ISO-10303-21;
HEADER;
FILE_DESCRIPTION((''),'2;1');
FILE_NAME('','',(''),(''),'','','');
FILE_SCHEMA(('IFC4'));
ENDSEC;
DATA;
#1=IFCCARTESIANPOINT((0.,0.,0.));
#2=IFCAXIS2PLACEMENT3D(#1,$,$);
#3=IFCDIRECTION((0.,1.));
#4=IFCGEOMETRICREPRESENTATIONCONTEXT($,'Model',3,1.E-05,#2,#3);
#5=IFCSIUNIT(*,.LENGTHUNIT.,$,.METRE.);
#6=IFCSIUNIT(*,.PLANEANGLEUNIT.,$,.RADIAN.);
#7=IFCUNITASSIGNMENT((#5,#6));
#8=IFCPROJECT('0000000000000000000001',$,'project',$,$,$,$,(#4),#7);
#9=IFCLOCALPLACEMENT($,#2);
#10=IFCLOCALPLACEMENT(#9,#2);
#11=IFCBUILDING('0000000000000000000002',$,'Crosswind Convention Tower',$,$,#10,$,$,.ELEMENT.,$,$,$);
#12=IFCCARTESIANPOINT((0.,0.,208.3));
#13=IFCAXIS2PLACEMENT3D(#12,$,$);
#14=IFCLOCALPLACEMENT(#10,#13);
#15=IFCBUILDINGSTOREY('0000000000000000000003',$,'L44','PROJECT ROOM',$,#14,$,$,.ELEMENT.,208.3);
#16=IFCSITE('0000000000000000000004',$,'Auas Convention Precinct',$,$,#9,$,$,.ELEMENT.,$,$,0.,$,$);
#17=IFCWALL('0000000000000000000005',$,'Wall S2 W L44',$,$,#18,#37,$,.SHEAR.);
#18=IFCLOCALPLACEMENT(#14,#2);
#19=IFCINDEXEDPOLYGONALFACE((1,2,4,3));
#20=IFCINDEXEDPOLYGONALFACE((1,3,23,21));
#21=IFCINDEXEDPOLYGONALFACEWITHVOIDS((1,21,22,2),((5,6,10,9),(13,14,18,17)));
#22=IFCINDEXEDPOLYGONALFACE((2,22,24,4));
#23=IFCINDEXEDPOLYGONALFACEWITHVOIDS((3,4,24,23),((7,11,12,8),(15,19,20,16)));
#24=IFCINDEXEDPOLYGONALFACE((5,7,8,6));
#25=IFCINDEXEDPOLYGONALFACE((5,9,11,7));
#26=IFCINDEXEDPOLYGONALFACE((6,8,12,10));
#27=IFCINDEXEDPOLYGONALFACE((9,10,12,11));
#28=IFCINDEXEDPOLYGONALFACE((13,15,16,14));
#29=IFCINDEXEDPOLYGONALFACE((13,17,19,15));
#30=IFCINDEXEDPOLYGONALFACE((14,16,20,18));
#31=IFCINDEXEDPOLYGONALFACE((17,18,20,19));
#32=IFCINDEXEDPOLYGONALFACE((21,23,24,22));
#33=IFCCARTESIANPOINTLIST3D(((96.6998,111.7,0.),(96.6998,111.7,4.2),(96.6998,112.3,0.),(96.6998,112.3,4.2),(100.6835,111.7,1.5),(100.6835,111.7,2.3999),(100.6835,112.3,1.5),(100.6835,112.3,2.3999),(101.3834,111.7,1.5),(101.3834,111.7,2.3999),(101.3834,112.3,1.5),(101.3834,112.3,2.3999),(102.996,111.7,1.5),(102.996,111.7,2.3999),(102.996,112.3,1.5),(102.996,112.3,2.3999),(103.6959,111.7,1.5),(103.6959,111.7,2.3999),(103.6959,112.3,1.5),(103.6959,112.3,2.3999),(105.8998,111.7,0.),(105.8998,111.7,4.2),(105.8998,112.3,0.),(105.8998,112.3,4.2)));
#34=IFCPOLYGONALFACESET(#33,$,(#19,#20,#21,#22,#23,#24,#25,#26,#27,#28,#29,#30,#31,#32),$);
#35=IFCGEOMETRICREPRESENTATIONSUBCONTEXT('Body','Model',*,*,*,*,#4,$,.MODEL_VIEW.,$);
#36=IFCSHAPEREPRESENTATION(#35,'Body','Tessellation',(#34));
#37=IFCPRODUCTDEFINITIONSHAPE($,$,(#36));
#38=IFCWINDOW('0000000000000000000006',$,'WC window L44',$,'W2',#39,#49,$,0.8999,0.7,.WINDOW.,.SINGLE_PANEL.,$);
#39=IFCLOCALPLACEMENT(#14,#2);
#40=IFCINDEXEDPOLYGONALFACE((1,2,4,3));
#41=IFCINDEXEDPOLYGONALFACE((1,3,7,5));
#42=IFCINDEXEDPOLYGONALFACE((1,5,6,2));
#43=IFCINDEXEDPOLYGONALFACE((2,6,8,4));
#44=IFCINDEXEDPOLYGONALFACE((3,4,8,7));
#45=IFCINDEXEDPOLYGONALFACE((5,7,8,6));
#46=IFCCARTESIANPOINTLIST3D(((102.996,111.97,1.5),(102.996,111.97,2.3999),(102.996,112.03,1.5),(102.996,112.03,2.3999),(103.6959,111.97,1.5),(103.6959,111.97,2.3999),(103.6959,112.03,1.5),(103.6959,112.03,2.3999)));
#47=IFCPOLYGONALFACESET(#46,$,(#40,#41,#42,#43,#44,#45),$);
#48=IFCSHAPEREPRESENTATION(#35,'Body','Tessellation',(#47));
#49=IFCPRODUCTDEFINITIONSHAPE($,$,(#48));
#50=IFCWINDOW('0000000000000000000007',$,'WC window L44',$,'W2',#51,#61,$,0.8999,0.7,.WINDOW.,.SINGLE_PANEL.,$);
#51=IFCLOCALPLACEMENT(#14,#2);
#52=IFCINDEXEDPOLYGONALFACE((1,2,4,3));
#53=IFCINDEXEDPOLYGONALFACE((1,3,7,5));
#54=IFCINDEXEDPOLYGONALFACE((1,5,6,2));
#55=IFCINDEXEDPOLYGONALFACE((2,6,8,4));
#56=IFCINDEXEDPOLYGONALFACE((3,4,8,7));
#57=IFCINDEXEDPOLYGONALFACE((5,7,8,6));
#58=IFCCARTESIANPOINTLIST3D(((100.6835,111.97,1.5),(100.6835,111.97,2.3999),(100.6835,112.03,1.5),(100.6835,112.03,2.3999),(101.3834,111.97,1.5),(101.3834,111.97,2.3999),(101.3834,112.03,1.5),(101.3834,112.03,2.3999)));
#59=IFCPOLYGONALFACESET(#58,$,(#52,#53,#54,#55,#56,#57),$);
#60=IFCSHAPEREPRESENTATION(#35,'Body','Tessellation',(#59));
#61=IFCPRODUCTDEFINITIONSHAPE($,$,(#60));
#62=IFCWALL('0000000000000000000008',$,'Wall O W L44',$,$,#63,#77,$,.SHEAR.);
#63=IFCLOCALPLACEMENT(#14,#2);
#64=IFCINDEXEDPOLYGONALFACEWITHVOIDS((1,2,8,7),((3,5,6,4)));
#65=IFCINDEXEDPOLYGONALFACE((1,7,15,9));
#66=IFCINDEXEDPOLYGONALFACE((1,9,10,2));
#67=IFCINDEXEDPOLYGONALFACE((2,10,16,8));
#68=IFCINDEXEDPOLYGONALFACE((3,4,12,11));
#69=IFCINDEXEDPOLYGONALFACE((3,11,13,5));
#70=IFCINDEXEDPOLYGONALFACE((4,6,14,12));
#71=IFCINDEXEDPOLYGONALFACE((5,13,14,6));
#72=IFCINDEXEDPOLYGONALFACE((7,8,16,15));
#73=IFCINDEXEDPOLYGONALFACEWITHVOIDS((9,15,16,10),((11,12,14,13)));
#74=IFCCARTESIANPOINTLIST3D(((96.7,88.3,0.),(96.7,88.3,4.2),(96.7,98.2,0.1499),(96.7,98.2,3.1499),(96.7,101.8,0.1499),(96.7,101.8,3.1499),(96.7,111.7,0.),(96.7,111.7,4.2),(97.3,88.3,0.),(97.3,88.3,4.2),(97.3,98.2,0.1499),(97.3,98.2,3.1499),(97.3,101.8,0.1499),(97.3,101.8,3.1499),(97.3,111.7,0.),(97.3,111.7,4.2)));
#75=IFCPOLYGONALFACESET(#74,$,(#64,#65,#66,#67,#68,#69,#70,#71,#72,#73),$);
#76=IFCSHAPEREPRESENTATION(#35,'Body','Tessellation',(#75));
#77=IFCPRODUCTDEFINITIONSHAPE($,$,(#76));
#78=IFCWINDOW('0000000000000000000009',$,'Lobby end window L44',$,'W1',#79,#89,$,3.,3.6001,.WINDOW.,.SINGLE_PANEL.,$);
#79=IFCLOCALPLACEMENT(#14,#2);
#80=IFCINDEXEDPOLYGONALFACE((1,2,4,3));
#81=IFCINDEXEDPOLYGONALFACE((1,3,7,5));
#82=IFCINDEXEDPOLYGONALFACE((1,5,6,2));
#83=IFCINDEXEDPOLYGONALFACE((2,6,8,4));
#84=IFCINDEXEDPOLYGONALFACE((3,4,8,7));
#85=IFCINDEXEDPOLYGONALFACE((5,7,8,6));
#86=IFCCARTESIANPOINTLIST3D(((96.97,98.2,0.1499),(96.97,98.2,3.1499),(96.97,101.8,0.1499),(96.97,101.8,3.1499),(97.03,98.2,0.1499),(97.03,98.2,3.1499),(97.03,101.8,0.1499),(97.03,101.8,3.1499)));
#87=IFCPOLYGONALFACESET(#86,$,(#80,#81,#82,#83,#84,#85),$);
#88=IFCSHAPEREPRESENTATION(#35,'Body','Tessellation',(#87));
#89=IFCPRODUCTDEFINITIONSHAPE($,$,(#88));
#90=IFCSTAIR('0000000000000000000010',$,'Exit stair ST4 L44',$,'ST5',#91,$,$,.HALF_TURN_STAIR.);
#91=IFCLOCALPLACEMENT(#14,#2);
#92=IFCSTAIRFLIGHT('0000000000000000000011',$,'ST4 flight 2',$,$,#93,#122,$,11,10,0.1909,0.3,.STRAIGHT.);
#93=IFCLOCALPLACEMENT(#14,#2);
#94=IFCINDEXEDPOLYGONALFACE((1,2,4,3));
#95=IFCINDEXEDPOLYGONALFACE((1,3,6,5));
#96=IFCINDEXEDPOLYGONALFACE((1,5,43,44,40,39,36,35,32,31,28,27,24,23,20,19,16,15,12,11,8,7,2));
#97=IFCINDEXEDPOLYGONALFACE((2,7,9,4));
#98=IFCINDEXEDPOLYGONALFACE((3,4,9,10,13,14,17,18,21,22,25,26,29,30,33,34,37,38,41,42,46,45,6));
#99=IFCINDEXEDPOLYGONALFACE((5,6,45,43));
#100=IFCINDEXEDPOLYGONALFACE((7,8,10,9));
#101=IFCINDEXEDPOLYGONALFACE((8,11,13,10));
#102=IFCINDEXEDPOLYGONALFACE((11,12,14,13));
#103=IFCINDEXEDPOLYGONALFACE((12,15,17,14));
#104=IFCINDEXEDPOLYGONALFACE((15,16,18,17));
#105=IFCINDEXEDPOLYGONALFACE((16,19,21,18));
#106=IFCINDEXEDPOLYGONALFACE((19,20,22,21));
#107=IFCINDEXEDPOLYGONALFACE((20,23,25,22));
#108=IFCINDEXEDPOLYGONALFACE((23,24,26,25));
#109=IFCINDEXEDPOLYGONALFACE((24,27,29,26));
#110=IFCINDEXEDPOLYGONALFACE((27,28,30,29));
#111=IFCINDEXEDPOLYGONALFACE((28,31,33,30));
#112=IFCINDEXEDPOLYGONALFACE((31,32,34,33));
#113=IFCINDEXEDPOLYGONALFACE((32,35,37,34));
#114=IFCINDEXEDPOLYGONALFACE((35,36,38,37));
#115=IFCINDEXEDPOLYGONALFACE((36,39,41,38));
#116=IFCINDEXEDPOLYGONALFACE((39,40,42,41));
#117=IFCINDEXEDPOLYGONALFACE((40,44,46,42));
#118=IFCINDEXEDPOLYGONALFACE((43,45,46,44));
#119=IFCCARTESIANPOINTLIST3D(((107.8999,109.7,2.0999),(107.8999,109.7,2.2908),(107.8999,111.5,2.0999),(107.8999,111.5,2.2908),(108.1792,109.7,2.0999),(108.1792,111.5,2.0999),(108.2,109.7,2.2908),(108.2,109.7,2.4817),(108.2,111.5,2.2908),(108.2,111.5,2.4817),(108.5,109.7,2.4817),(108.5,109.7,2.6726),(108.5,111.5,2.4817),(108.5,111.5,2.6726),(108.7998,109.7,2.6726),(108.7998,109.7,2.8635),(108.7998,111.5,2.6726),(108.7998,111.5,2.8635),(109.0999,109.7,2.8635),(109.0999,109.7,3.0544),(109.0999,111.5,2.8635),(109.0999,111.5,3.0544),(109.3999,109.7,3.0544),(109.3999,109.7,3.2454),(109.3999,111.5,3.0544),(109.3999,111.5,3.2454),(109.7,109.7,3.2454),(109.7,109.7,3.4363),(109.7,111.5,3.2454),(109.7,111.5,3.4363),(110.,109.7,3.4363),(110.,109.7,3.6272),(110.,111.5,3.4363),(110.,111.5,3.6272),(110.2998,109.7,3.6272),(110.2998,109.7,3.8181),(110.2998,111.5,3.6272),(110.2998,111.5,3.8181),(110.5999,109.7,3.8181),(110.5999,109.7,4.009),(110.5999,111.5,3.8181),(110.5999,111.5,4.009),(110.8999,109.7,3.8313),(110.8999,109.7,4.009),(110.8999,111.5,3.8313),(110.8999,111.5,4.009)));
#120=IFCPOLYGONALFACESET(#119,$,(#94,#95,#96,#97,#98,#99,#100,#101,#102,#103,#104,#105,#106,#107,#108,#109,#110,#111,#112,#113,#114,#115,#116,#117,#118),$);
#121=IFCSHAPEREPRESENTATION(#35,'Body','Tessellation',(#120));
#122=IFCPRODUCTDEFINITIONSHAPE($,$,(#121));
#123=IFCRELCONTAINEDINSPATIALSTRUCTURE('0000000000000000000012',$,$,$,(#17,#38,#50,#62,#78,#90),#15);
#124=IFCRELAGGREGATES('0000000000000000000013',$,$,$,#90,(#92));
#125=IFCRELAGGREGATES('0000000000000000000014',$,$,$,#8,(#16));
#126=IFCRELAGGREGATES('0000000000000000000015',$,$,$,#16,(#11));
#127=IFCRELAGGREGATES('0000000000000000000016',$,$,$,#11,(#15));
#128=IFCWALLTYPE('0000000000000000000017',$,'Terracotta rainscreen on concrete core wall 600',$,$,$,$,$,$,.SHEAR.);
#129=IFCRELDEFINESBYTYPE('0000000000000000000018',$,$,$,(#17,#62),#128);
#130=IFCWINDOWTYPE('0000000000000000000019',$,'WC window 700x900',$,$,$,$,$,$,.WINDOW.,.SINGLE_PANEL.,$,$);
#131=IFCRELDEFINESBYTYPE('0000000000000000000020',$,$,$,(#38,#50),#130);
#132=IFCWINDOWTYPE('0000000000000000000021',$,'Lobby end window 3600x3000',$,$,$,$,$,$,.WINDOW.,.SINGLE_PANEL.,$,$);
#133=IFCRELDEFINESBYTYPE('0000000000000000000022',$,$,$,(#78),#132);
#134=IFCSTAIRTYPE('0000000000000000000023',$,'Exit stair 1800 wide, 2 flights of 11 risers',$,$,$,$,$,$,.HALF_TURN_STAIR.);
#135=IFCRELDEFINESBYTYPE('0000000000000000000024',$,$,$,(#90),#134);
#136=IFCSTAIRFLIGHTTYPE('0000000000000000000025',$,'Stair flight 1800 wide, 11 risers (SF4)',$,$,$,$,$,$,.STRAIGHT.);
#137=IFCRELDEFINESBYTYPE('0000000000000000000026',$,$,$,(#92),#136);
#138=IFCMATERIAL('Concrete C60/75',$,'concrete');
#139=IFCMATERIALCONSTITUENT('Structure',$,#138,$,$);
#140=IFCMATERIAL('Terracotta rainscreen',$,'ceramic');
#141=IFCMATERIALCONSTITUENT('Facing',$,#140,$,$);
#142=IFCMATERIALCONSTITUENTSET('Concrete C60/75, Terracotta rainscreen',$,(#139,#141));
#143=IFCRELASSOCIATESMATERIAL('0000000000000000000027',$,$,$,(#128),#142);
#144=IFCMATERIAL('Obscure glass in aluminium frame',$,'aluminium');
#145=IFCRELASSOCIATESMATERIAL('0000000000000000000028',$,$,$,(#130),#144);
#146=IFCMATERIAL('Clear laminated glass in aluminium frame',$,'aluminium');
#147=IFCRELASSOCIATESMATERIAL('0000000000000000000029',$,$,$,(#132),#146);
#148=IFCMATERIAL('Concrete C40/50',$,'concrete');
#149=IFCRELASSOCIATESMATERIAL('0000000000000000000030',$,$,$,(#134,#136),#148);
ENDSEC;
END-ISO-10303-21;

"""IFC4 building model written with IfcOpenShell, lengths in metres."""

from ifc_helpers import new_model, si_unit, direction, frame, frame_2d, origin, place, context, subcontext, project, spatial, polyline, rectangle, outline, extrude, material, constituent, constituent_set, type_object, element, fill, aggregate, save


model = new_model("IFC4")

# Units and contexts
model_context = context("Model", 3, precision=1e-05, world=origin(), true_north=direction((0.0, 1.0)))
body_context = subcontext(model_context, "Body", "Model", "MODEL_VIEW")
ifc_project = project(units=[si_unit("LENGTHUNIT", "METRE"), si_unit("PLANEANGLEUNIT", "RADIAN")], contexts=[model_context])

# Site, building, storey
site_placement = place(None, origin())
site = spatial("IfcSite", under=ifc_project, at=site_placement, Name="Auas Convention Precinct", CompositionType="ELEMENT", RefElevation=0.0)
building_placement = place(site_placement, origin())
building = spatial("IfcBuilding", under=site, at=building_placement, Name="Crosswind Convention Tower", CompositionType="ELEMENT")
storey_placement = place(building_placement, frame((0.0, 0.0, 208.3)))
storey = spatial("IfcBuildingStorey", under=building, at=storey_placement, Name="L44", Description="PROJECT ROOM", CompositionType="ELEMENT", Elevation=208.3)

# Wall, openings, windows
ifc_material_1 = material(Name="Concrete C60/75", Category="concrete")
ifc_constituent_1 = constituent(ifc_material_1, Name="Structure")
ifc_material_2 = material(Name="Terracotta rainscreen", Category="ceramic")
ifc_constituent_2 = constituent(ifc_material_2, Name="Facing")
ifc_constituent_set = constituent_set(constituents=[ifc_constituent_1, ifc_constituent_2], Name="Concrete C60/75, Terracotta rainscreen")
wall_type_1 = type_object("IfcWallType", Name="Terracotta rainscreen on concrete core wall 600", PredefinedType="SHEAR", material=ifc_constituent_set)
wall_1_placement = place(storey_placement, frame((105.8999, 112.0, 0.0), z_axis=(0.0, 0.0, 1.0), x_axis=(-1.0, 0.0, 0.0)))
wall_1 = element("IfcWall", 1, at=wall_1_placement, inside=storey, type_object=wall_type_1, Name="Wall S2 W L44", PredefinedType="SHEAR", context=body_context, shape_type="SweptSolid", body=[
    extrude(rectangle(XDim=9.2, YDim=0.6001, at=frame_2d((4.6001, 0.0))), origin(), (0.0, 0.0, 1.0), 4.2),
])
opening_1_placement = place(wall_1_placement, frame((2.2039, 0.0, 1.5)))
opening_1 = element("IfcOpeningElement", 2, at=opening_1_placement, cuts=wall_1, PredefinedType="OPENING", context=body_context, shape_type="SweptSolid", body=[
    extrude(rectangle(XDim=0.7, YDim=0.8999, at=frame_2d((0.3501, 0.45))), frame((0.0, 0.3101, 0.0), z_axis=(0.0, -1.0, 0.0), x_axis=(1.0, 0.0, 0.0)), (0.0, 0.0, 1.0), 0.6201),
])
opening_2_placement = place(wall_1_placement, frame((4.5164, 0.0, 1.5)))
opening_2 = element("IfcOpeningElement", 3, at=opening_2_placement, cuts=wall_1, PredefinedType="OPENING", context=body_context, shape_type="SweptSolid", body=[
    extrude(rectangle(XDim=0.7, YDim=0.8999, at=frame_2d((0.3501, 0.45))), frame((0.0, 0.3101, 0.0), z_axis=(0.0, -1.0, 0.0), x_axis=(1.0, 0.0, 0.0)), (0.0, 0.0, 1.0), 0.6201),
])
ifc_material_3 = material(Name="Obscure glass in aluminium frame", Category="aluminium")
window_type_1 = type_object("IfcWindowType", Name="WC window 700x900", PartitioningType="SINGLE_PANEL", PredefinedType="WINDOW", material=ifc_material_3)
window_1_placement = place(opening_1_placement, origin())
window_1 = element("IfcWindow", 4, at=window_1_placement, inside=storey, type_object=window_type_1, Name="WC window L44", ObjectType="W2", OverallHeight=0.8999, OverallWidth=0.7, PartitioningType="SINGLE_PANEL", PredefinedType="WINDOW", context=body_context, shape_type="SweptSolid", body=[
    extrude(rectangle(XDim=0.7, YDim=0.8999, at=frame_2d((0.3501, 0.45))), frame((0.0, 0.03, 0.0), z_axis=(0.0, -1.0, 0.0), x_axis=(1.0, 0.0, 0.0)), (0.0, 0.0, 1.0), 0.0601),
])
fill(opening_1, window_1)
window_2_placement = place(opening_2_placement, origin())
window_2 = element("IfcWindow", 5, at=window_2_placement, inside=storey, type_object=window_type_1, Name="WC window L44", ObjectType="W2", OverallHeight=0.8999, OverallWidth=0.7, PartitioningType="SINGLE_PANEL", PredefinedType="WINDOW", context=body_context, shape_type="SweptSolid", body=[
    extrude(rectangle(XDim=0.7, YDim=0.8999, at=frame_2d((0.3501, 0.45))), frame((0.0, 0.03, 0.0), z_axis=(0.0, -1.0, 0.0), x_axis=(1.0, 0.0, 0.0)), (0.0, 0.0, 1.0), 0.0601),
])
fill(opening_2, window_2)

# Wall, opening, window
wall_2_placement = place(storey_placement, frame((97.0, 111.7, 0.0), z_axis=(0.0, 0.0, 1.0), x_axis=(0.0, -1.0, 0.0)))
wall_2 = element("IfcWall", 6, at=wall_2_placement, inside=storey, type_object=wall_type_1, Name="Wall O W L44", PredefinedType="SHEAR", context=body_context, shape_type="SweptSolid", body=[
    extrude(rectangle(XDim=23.3999, YDim=0.6001, at=frame_2d((11.7, 0.0))), origin(), (0.0, 0.0, 1.0), 4.2),
])
opening_3_placement = place(wall_2_placement, frame((9.8999, 0.0, 0.1499)))
opening_3 = element("IfcOpeningElement", 7, at=opening_3_placement, cuts=wall_2, PredefinedType="OPENING", context=body_context, shape_type="SweptSolid", body=[
    extrude(rectangle(XDim=3.6001, YDim=3.0, at=frame_2d((1.8, 1.5))), frame((0.0, 0.3101, 0.0), z_axis=(0.0, -1.0, 0.0), x_axis=(1.0, 0.0, 0.0)), (0.0, 0.0, 1.0), 0.6201),
])
ifc_material_4 = material(Name="Clear laminated glass in aluminium frame", Category="aluminium")
window_type_2 = type_object("IfcWindowType", Name="Lobby end window 3600x3000", PartitioningType="SINGLE_PANEL", PredefinedType="WINDOW", material=ifc_material_4)
window_3_placement = place(opening_3_placement, origin())
window_3 = element("IfcWindow", 8, at=window_3_placement, inside=storey, type_object=window_type_2, Name="Lobby end window L44", ObjectType="W1", OverallHeight=3.0, OverallWidth=3.6001, PartitioningType="SINGLE_PANEL", PredefinedType="WINDOW", context=body_context, shape_type="SweptSolid", body=[
    extrude(rectangle(XDim=3.6001, YDim=3.0, at=frame_2d((1.8, 1.5))), frame((0.0, 0.03, 0.0), z_axis=(0.0, -1.0, 0.0), x_axis=(1.0, 0.0, 0.0)), (0.0, 0.0, 1.0), 0.0601),
])
fill(opening_3, window_3)

# Stair, stair flight
ifc_material_5 = material(Name="Concrete C40/50", Category="concrete")
stair_type = type_object("IfcStairType", Name="Exit stair 1800 wide, 2 flights of 11 risers", PredefinedType="HALF_TURN_STAIR", material=ifc_material_5)
stair_placement = place(storey_placement, origin())
stair = element("IfcStair", 9, at=stair_placement, inside=storey, type_object=stair_type, Name="Exit stair ST4 L44", ObjectType="ST5", PredefinedType="HALF_TURN_STAIR")
stair_flight_type = type_object("IfcStairFlightType", Name="Stair flight 1800 wide, 11 risers (SF4)", PredefinedType="STRAIGHT", material=ifc_material_5)
stair_flight_placement = place(storey_placement, frame((107.8999, 110.6001, 2.0999), z_axis=(0.0, 0.0, 1.0), x_axis=(1.0, 0.0, 0.0)))
stair_flight = element("IfcStairFlight", 10, at=stair_flight_placement, type_object=stair_flight_type, Name="ST4 flight 2", NumberOfRisers=11, NumberOfTreads=10, PredefinedType="STRAIGHT", RiserHeight=0.1909, TreadLength=0.3, context=body_context, shape_type="SweptSolid", body=[
    extrude(outline(polyline([(0.0, 0.0), (0.0, 0.1909), (0.3, 0.1909), (0.3, 0.3818), (0.6001, 0.3818), (0.6001, 0.5728), (0.8999, 0.5728), (0.8999, 0.7637), (1.2, 0.7637), (1.2, 0.9546), (1.5, 0.9546), (1.5, 1.1455), (1.8, 1.1455), (1.8, 1.3364), (2.1001, 1.3364), (2.1001, 1.5273), (2.3999, 1.5273), (2.3999, 1.7183), (2.7, 1.7183), (2.7, 1.9092), (3.0, 1.9092), (3.0, 2.1001), (3.0, 1.7314), (0.2793, 0.0), (0.0, 0.0)])), frame((0.0, 0.8999, 0.0), z_axis=(0.0, -1.0, 0.0), x_axis=(1.0, 0.0, 0.0)), (0.0, 0.0, 1.0), 1.8),
])
aggregate(stair, [stair_flight])

save(model, "model.ifc")
